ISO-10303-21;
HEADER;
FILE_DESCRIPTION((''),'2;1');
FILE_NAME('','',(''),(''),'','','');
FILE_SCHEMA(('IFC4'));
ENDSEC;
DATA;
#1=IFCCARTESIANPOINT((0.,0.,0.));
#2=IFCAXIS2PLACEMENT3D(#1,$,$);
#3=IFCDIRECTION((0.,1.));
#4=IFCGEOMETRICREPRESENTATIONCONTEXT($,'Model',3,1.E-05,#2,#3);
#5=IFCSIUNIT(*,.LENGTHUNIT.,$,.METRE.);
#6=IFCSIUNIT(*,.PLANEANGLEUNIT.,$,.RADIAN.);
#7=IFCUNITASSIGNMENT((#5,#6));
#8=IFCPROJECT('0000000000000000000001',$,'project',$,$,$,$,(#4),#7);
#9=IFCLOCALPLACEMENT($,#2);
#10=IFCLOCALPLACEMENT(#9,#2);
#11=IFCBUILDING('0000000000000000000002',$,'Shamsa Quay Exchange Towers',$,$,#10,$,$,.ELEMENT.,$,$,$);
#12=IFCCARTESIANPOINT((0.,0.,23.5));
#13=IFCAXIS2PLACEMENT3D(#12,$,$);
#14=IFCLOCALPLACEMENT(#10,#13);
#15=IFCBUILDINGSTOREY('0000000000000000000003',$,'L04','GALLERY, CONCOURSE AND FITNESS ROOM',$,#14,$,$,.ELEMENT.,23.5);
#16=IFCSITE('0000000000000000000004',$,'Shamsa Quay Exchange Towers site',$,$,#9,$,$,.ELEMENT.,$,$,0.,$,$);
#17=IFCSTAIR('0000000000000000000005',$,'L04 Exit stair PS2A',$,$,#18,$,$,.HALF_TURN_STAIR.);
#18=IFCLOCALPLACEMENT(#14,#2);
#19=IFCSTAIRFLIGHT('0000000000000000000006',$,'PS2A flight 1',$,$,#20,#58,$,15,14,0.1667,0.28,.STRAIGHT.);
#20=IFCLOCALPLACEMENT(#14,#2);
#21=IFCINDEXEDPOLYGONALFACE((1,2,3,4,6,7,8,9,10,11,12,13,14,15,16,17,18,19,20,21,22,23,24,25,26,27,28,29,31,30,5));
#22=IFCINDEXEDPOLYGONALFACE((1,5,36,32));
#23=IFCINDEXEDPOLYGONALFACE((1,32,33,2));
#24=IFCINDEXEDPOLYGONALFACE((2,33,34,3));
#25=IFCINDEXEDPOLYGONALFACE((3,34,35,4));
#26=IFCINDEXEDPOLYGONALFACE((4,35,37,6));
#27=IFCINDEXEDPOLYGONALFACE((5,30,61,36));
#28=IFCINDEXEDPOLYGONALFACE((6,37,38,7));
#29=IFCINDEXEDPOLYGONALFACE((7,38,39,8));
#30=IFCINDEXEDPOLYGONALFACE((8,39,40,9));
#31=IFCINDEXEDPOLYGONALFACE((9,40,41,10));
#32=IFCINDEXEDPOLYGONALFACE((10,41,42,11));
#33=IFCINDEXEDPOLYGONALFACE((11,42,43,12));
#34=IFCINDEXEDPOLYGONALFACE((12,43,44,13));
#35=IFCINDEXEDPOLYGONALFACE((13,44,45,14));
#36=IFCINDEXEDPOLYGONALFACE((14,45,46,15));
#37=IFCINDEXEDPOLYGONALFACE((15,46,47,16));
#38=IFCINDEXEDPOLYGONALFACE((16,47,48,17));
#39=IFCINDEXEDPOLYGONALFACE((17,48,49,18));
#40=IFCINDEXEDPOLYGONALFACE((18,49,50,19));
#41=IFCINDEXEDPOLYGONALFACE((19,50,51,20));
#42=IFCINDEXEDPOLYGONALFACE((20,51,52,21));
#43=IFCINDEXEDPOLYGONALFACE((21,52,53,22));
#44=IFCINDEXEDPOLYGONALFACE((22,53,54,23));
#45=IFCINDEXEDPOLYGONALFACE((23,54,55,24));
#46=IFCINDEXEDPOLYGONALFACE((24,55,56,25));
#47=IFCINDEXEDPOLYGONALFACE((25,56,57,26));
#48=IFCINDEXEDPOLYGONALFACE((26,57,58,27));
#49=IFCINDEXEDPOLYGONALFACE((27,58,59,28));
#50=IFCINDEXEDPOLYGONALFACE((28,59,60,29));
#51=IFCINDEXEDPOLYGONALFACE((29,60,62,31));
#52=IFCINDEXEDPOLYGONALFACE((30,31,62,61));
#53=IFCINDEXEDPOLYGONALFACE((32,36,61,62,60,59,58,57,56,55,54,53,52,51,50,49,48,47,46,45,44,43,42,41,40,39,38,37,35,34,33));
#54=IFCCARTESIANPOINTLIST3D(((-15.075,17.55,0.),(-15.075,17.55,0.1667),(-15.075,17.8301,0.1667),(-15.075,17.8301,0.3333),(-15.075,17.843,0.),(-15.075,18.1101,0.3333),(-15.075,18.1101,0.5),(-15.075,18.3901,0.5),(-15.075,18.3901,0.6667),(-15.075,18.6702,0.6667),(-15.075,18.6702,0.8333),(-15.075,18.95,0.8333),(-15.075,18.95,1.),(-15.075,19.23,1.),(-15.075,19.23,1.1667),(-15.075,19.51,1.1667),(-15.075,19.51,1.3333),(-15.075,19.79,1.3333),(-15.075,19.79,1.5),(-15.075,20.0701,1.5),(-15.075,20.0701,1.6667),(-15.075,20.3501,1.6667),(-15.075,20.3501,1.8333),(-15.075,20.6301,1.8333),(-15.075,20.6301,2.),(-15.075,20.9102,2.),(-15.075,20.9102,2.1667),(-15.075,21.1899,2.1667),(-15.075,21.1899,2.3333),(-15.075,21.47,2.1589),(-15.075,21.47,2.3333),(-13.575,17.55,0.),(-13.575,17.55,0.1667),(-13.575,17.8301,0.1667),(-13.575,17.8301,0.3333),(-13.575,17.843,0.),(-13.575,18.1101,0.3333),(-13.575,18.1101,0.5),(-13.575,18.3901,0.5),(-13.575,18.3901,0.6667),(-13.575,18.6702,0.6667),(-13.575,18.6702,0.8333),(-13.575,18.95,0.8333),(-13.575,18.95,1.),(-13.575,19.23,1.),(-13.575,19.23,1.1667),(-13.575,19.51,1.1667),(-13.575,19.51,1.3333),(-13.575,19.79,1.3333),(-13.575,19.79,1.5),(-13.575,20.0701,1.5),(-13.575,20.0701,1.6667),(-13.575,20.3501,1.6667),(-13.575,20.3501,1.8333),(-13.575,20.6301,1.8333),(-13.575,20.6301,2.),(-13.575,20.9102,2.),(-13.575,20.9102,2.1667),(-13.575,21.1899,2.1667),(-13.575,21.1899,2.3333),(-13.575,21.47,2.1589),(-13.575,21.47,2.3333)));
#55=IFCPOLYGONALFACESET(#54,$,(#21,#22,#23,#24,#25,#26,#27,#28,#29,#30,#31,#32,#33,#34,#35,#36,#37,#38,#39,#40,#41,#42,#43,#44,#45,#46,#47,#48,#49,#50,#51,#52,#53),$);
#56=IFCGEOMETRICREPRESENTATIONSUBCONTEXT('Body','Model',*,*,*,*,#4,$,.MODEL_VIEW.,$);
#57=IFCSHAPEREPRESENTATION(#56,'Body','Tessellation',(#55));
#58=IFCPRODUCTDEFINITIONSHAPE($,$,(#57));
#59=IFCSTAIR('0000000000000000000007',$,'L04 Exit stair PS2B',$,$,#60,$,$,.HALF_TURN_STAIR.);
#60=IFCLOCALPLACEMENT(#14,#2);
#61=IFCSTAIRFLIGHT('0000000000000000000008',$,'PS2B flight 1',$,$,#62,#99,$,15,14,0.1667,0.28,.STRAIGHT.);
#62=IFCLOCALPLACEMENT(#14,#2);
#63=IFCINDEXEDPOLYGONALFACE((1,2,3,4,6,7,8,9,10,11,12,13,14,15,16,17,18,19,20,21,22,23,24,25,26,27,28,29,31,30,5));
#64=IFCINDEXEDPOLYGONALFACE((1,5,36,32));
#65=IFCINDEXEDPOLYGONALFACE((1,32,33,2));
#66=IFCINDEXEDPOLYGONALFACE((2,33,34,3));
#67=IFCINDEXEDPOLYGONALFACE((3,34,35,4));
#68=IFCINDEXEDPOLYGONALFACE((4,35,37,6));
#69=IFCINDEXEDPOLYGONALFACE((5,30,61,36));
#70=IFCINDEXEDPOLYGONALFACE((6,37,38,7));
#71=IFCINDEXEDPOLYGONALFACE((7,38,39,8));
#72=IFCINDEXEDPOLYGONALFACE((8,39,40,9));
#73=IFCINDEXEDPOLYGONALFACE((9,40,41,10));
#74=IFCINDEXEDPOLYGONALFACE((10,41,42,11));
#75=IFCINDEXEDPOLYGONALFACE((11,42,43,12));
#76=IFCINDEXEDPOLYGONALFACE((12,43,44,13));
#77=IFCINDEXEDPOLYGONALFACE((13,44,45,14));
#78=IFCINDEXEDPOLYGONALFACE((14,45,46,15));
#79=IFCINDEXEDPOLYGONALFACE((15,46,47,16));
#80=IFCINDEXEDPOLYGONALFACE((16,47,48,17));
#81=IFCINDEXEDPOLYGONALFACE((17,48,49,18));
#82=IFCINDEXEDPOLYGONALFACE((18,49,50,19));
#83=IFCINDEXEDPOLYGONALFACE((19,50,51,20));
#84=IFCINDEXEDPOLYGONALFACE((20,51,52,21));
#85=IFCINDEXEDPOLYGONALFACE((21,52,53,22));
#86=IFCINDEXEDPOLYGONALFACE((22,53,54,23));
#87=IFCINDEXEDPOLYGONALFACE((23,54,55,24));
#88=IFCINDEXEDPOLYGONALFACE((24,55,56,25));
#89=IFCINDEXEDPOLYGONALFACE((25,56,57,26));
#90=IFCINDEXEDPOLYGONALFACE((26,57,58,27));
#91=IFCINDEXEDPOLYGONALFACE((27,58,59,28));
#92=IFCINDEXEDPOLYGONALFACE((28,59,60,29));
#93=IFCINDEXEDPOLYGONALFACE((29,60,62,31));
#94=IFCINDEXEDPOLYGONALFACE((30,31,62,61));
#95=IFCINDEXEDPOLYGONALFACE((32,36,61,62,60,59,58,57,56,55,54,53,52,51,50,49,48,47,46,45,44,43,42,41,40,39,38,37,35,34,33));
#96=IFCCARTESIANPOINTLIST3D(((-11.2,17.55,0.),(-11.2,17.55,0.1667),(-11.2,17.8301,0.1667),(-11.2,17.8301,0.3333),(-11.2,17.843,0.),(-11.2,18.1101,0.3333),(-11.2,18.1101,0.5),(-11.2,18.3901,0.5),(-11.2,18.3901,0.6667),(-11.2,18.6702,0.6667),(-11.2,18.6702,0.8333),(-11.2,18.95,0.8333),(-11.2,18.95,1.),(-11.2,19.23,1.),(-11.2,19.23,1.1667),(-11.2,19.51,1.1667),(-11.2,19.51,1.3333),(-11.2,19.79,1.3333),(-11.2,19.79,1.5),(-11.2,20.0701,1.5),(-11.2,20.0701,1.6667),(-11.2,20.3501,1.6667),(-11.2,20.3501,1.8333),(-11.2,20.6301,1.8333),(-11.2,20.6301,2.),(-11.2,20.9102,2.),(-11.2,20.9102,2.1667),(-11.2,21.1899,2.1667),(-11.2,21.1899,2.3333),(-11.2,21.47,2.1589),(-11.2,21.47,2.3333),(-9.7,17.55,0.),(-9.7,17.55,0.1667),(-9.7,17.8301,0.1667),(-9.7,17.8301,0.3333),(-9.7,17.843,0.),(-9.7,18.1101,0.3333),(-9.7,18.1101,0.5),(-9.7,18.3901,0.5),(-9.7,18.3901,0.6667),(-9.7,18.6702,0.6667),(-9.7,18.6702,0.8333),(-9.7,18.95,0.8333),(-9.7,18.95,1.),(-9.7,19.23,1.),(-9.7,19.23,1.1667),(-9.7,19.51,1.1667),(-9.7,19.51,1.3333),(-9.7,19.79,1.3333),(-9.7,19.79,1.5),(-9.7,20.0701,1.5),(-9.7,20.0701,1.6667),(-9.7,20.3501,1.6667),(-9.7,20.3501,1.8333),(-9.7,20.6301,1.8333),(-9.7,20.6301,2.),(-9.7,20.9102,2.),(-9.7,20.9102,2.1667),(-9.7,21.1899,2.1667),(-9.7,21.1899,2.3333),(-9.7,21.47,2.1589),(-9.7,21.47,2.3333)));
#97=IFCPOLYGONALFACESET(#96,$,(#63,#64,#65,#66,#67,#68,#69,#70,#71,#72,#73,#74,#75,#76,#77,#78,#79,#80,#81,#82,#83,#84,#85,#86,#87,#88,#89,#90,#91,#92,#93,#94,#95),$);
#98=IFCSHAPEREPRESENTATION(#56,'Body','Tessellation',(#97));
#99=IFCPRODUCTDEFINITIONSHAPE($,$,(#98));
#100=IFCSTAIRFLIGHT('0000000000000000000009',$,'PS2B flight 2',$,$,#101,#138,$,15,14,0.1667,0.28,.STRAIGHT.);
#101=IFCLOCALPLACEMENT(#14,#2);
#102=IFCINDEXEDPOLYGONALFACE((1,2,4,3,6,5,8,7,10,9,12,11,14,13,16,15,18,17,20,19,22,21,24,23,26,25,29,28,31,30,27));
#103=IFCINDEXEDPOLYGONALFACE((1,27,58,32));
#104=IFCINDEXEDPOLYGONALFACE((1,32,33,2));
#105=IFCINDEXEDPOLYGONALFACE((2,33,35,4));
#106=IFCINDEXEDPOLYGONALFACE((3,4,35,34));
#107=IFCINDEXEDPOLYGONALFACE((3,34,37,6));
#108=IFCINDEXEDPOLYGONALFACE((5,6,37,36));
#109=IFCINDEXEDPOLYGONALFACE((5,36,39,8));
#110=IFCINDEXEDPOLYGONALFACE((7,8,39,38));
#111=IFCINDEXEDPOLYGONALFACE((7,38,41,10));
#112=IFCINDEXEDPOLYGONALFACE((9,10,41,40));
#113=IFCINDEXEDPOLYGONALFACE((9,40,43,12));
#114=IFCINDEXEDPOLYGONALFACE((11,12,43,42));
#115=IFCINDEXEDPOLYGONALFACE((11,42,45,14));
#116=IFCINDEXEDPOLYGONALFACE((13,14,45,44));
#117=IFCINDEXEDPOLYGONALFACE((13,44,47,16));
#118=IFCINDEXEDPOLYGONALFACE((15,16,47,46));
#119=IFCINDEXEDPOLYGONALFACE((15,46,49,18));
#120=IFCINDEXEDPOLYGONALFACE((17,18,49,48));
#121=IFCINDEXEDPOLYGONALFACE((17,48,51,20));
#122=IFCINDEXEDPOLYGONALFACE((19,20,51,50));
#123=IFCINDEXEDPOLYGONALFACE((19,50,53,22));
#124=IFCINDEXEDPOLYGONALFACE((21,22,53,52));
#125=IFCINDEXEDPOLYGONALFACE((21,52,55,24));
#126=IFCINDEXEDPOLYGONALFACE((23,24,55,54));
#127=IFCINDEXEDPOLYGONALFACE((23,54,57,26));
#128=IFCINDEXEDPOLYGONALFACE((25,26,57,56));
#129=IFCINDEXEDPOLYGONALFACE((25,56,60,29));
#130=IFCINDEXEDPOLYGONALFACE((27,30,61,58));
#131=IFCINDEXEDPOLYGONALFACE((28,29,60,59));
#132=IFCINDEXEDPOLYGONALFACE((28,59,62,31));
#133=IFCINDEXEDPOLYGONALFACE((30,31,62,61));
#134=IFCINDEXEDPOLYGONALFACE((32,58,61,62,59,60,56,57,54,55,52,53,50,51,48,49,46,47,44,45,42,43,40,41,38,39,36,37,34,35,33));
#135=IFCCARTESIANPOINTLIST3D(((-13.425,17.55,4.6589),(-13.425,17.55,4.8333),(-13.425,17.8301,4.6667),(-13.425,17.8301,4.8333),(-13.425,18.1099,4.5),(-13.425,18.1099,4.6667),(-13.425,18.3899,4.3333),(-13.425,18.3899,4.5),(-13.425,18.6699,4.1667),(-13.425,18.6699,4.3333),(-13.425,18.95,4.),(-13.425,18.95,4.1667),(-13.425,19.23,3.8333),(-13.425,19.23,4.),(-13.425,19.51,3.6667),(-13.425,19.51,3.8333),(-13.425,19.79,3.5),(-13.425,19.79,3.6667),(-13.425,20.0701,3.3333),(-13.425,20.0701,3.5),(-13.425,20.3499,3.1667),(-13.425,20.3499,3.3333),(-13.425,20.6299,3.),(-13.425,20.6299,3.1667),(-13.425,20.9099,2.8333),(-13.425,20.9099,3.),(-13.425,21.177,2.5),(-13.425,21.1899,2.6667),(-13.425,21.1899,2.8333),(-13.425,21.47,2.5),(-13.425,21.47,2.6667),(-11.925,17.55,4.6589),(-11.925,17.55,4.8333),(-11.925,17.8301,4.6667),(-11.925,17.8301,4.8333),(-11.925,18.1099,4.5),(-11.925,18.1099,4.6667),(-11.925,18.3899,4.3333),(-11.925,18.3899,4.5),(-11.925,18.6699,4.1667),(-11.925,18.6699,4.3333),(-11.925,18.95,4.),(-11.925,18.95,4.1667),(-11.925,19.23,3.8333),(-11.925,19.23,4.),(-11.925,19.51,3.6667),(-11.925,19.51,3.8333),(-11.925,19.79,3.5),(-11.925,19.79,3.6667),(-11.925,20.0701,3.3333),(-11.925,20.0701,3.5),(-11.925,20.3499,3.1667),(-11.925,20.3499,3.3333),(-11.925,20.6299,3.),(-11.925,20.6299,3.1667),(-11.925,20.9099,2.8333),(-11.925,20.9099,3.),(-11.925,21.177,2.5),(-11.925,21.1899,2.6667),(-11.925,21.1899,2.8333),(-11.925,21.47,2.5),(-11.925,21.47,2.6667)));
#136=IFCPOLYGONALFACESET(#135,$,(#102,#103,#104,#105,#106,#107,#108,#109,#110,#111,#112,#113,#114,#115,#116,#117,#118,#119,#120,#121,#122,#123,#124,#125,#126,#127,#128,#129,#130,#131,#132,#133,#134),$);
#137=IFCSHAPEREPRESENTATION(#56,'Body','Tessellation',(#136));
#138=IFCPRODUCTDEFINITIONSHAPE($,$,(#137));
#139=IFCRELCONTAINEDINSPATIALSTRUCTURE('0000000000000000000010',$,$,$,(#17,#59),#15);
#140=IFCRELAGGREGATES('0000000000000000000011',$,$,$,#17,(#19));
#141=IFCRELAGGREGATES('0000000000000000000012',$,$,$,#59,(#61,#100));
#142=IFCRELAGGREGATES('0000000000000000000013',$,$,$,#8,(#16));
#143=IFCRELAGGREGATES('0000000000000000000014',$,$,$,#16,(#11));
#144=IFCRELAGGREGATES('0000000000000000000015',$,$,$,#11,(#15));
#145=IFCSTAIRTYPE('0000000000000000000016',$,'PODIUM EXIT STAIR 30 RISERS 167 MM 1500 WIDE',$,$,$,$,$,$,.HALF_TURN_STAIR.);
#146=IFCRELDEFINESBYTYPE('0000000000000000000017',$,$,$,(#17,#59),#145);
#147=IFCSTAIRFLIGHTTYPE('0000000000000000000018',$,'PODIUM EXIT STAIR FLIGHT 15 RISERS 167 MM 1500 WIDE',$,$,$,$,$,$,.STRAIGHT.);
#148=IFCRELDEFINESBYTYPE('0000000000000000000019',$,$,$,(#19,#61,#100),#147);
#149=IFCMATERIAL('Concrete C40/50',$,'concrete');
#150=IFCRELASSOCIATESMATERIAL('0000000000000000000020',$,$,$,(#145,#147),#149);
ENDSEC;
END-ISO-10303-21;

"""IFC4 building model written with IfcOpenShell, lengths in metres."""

from ifc_helpers import new_model, si_unit, direction, frame, origin, place, context, subcontext, project, spatial, polyline, outline, extrude, material, type_object, element, aggregate, save


model = new_model("IFC4")

# Units and contexts
model_context = context("Model", 3, precision=1e-05, world=origin(), true_north=direction((0.0, 1.0)))
body_context = subcontext(model_context, "Body", "Model", "MODEL_VIEW")
ifc_project = project(units=[si_unit("LENGTHUNIT", "METRE"), si_unit("PLANEANGLEUNIT", "RADIAN")], contexts=[model_context])

# Site, building, storey
site_placement = place(None, origin())
site = spatial("IfcSite", under=ifc_project, at=site_placement, Name="Shamsa Quay Exchange Towers site", CompositionType="ELEMENT", RefElevation=0.0)
building_placement = place(site_placement, origin())
building = spatial("IfcBuilding", under=site, at=building_placement, Name="Shamsa Quay Exchange Towers", CompositionType="ELEMENT")
storey_placement = place(building_placement, frame((0.0, 0.0, 23.5)))
storey = spatial("IfcBuildingStorey", under=building, at=storey_placement, Name="L04", Description="GALLERY, CONCOURSE AND FITNESS ROOM", CompositionType="ELEMENT", Elevation=23.5)

# Stair, stair flight
ifc_material_1 = material(Name="Concrete C40/50", Category="concrete")
stair_type = type_object("IfcStairType", Name="PODIUM EXIT STAIR 30 RISERS 167 MM 1500 WIDE", PredefinedType="HALF_TURN_STAIR", material=ifc_material_1)
stair_1_placement = place(storey_placement, origin())
stair_1 = element("IfcStair", 1, at=stair_1_placement, inside=storey, type_object=stair_type, Name="L04 Exit stair PS2A", PredefinedType="HALF_TURN_STAIR")
stair_flight_type = type_object("IfcStairFlightType", Name="PODIUM EXIT STAIR FLIGHT 15 RISERS 167 MM 1500 WIDE", PredefinedType="STRAIGHT", material=ifc_material_1)
stair_flight_1_placement = place(storey_placement, frame((-14.325, 17.55, 0.0), z_axis=(0.0, 0.0, 1.0), x_axis=(0.0, 1.0, 0.0)))
stair_flight_1 = element("IfcStairFlight", 2, at=stair_flight_1_placement, type_object=stair_flight_type, Name="PS2A flight 1", NumberOfRisers=15, NumberOfTreads=14, PredefinedType="STRAIGHT", RiserHeight=0.1667, TreadLength=0.28, context=body_context, shape_type="SweptSolid", body=[
    extrude(outline(polyline([(0.0, 0.0), (0.0, 0.1667), (0.28, 0.1667), (0.28, 0.3333), (0.5601, 0.3333), (0.5601, 0.5), (0.8401, 0.5), (0.8401, 0.6667), (1.1201, 0.6667), (1.1201, 0.8333), (1.3999, 0.8333), (1.3999, 1.0), (1.6799, 1.0), (1.6799, 1.1667), (1.96, 1.1667), (1.96, 1.3333), (2.24, 1.3333), (2.24, 1.5), (2.52, 1.5), (2.52, 1.6667), (2.8, 1.6667), (2.8, 1.8333), (3.0801, 1.8333), (3.0801, 2.0), (3.3601, 2.0), (3.3601, 2.1667), (3.6399, 2.1667), (3.6399, 2.3333), (3.9199, 2.3333), (3.9199, 2.5), (3.9199, 2.1589), (0.293, 0.0), (0.0, 0.0)])), frame((0.0, 0.75, 0.0), z_axis=(0.0, -1.0, 0.0), x_axis=(1.0, 0.0, 0.0)), (0.0, 0.0, 1.0), 1.5),
])
aggregate(stair_1, [stair_flight_1])

# Stair, stair flights
stair_2_placement = place(storey_placement, origin())
stair_2 = element("IfcStair", 3, at=stair_2_placement, inside=storey, type_object=stair_type, Name="L04 Exit stair PS2B", PredefinedType="HALF_TURN_STAIR")
stair_flight_2_placement = place(storey_placement, frame((-10.45, 17.55, 0.0), z_axis=(0.0, 0.0, 1.0), x_axis=(0.0, 1.0, 0.0)))
stair_flight_2 = element("IfcStairFlight", 4, at=stair_flight_2_placement, type_object=stair_flight_type, Name="PS2B flight 1", NumberOfRisers=15, NumberOfTreads=14, PredefinedType="STRAIGHT", RiserHeight=0.1667, TreadLength=0.28, context=body_context, shape_type="SweptSolid", body=[
    extrude(outline(polyline([(0.0, 0.0), (0.0, 0.1667), (0.28, 0.1667), (0.28, 0.3333), (0.5601, 0.3333), (0.5601, 0.5), (0.8401, 0.5), (0.8401, 0.6667), (1.1201, 0.6667), (1.1201, 0.8333), (1.3999, 0.8333), (1.3999, 1.0), (1.6799, 1.0), (1.6799, 1.1667), (1.96, 1.1667), (1.96, 1.3333), (2.24, 1.3333), (2.24, 1.5), (2.52, 1.5), (2.52, 1.6667), (2.8, 1.6667), (2.8, 1.8333), (3.0801, 1.8333), (3.0801, 2.0), (3.3601, 2.0), (3.3601, 2.1667), (3.6399, 2.1667), (3.6399, 2.3333), (3.9199, 2.3333), (3.9199, 2.5), (3.9199, 2.1589), (0.293, 0.0), (0.0, 0.0)])), frame((0.0, 0.75, 0.0), z_axis=(0.0, -1.0, 0.0), x_axis=(1.0, 0.0, 0.0)), (0.0, 0.0, 1.0), 1.5),
])
stair_flight_3_placement = place(storey_placement, frame((-12.675, 21.47, 2.5), z_axis=(0.0, 0.0, 1.0), x_axis=(0.0, -1.0, 0.0)))
stair_flight_3 = element("IfcStairFlight", 5, at=stair_flight_3_placement, type_object=stair_flight_type, Name="PS2B flight 2", NumberOfRisers=15, NumberOfTreads=14, PredefinedType="STRAIGHT", RiserHeight=0.1667, TreadLength=0.28, context=body_context, shape_type="SweptSolid", body=[
    extrude(outline(polyline([(0.0, 0.0), (0.0, 0.1667), (0.28, 0.1667), (0.28, 0.3333), (0.5601, 0.3333), (0.5601, 0.5), (0.8401, 0.5), (0.8401, 0.6667), (1.1201, 0.6667), (1.1201, 0.8333), (1.3999, 0.8333), (1.3999, 1.0), (1.6799, 1.0), (1.6799, 1.1667), (1.96, 1.1667), (1.96, 1.3333), (2.24, 1.3333), (2.24, 1.5), (2.52, 1.5), (2.52, 1.6667), (2.8, 1.6667), (2.8, 1.8333), (3.0801, 1.8333), (3.0801, 2.0), (3.3601, 2.0), (3.3601, 2.1667), (3.6399, 2.1667), (3.6399, 2.3333), (3.9199, 2.3333), (3.9199, 2.5), (3.9199, 2.1589), (0.293, 0.0), (0.0, 0.0)])), frame((0.0, 0.75, 0.0), z_axis=(0.0, -1.0, 0.0), x_axis=(1.0, 0.0, 0.0)), (0.0, 0.0, 1.0), 1.5),
])
aggregate(stair_2, [stair_flight_2, stair_flight_3])

save(model, "model.ifc")
